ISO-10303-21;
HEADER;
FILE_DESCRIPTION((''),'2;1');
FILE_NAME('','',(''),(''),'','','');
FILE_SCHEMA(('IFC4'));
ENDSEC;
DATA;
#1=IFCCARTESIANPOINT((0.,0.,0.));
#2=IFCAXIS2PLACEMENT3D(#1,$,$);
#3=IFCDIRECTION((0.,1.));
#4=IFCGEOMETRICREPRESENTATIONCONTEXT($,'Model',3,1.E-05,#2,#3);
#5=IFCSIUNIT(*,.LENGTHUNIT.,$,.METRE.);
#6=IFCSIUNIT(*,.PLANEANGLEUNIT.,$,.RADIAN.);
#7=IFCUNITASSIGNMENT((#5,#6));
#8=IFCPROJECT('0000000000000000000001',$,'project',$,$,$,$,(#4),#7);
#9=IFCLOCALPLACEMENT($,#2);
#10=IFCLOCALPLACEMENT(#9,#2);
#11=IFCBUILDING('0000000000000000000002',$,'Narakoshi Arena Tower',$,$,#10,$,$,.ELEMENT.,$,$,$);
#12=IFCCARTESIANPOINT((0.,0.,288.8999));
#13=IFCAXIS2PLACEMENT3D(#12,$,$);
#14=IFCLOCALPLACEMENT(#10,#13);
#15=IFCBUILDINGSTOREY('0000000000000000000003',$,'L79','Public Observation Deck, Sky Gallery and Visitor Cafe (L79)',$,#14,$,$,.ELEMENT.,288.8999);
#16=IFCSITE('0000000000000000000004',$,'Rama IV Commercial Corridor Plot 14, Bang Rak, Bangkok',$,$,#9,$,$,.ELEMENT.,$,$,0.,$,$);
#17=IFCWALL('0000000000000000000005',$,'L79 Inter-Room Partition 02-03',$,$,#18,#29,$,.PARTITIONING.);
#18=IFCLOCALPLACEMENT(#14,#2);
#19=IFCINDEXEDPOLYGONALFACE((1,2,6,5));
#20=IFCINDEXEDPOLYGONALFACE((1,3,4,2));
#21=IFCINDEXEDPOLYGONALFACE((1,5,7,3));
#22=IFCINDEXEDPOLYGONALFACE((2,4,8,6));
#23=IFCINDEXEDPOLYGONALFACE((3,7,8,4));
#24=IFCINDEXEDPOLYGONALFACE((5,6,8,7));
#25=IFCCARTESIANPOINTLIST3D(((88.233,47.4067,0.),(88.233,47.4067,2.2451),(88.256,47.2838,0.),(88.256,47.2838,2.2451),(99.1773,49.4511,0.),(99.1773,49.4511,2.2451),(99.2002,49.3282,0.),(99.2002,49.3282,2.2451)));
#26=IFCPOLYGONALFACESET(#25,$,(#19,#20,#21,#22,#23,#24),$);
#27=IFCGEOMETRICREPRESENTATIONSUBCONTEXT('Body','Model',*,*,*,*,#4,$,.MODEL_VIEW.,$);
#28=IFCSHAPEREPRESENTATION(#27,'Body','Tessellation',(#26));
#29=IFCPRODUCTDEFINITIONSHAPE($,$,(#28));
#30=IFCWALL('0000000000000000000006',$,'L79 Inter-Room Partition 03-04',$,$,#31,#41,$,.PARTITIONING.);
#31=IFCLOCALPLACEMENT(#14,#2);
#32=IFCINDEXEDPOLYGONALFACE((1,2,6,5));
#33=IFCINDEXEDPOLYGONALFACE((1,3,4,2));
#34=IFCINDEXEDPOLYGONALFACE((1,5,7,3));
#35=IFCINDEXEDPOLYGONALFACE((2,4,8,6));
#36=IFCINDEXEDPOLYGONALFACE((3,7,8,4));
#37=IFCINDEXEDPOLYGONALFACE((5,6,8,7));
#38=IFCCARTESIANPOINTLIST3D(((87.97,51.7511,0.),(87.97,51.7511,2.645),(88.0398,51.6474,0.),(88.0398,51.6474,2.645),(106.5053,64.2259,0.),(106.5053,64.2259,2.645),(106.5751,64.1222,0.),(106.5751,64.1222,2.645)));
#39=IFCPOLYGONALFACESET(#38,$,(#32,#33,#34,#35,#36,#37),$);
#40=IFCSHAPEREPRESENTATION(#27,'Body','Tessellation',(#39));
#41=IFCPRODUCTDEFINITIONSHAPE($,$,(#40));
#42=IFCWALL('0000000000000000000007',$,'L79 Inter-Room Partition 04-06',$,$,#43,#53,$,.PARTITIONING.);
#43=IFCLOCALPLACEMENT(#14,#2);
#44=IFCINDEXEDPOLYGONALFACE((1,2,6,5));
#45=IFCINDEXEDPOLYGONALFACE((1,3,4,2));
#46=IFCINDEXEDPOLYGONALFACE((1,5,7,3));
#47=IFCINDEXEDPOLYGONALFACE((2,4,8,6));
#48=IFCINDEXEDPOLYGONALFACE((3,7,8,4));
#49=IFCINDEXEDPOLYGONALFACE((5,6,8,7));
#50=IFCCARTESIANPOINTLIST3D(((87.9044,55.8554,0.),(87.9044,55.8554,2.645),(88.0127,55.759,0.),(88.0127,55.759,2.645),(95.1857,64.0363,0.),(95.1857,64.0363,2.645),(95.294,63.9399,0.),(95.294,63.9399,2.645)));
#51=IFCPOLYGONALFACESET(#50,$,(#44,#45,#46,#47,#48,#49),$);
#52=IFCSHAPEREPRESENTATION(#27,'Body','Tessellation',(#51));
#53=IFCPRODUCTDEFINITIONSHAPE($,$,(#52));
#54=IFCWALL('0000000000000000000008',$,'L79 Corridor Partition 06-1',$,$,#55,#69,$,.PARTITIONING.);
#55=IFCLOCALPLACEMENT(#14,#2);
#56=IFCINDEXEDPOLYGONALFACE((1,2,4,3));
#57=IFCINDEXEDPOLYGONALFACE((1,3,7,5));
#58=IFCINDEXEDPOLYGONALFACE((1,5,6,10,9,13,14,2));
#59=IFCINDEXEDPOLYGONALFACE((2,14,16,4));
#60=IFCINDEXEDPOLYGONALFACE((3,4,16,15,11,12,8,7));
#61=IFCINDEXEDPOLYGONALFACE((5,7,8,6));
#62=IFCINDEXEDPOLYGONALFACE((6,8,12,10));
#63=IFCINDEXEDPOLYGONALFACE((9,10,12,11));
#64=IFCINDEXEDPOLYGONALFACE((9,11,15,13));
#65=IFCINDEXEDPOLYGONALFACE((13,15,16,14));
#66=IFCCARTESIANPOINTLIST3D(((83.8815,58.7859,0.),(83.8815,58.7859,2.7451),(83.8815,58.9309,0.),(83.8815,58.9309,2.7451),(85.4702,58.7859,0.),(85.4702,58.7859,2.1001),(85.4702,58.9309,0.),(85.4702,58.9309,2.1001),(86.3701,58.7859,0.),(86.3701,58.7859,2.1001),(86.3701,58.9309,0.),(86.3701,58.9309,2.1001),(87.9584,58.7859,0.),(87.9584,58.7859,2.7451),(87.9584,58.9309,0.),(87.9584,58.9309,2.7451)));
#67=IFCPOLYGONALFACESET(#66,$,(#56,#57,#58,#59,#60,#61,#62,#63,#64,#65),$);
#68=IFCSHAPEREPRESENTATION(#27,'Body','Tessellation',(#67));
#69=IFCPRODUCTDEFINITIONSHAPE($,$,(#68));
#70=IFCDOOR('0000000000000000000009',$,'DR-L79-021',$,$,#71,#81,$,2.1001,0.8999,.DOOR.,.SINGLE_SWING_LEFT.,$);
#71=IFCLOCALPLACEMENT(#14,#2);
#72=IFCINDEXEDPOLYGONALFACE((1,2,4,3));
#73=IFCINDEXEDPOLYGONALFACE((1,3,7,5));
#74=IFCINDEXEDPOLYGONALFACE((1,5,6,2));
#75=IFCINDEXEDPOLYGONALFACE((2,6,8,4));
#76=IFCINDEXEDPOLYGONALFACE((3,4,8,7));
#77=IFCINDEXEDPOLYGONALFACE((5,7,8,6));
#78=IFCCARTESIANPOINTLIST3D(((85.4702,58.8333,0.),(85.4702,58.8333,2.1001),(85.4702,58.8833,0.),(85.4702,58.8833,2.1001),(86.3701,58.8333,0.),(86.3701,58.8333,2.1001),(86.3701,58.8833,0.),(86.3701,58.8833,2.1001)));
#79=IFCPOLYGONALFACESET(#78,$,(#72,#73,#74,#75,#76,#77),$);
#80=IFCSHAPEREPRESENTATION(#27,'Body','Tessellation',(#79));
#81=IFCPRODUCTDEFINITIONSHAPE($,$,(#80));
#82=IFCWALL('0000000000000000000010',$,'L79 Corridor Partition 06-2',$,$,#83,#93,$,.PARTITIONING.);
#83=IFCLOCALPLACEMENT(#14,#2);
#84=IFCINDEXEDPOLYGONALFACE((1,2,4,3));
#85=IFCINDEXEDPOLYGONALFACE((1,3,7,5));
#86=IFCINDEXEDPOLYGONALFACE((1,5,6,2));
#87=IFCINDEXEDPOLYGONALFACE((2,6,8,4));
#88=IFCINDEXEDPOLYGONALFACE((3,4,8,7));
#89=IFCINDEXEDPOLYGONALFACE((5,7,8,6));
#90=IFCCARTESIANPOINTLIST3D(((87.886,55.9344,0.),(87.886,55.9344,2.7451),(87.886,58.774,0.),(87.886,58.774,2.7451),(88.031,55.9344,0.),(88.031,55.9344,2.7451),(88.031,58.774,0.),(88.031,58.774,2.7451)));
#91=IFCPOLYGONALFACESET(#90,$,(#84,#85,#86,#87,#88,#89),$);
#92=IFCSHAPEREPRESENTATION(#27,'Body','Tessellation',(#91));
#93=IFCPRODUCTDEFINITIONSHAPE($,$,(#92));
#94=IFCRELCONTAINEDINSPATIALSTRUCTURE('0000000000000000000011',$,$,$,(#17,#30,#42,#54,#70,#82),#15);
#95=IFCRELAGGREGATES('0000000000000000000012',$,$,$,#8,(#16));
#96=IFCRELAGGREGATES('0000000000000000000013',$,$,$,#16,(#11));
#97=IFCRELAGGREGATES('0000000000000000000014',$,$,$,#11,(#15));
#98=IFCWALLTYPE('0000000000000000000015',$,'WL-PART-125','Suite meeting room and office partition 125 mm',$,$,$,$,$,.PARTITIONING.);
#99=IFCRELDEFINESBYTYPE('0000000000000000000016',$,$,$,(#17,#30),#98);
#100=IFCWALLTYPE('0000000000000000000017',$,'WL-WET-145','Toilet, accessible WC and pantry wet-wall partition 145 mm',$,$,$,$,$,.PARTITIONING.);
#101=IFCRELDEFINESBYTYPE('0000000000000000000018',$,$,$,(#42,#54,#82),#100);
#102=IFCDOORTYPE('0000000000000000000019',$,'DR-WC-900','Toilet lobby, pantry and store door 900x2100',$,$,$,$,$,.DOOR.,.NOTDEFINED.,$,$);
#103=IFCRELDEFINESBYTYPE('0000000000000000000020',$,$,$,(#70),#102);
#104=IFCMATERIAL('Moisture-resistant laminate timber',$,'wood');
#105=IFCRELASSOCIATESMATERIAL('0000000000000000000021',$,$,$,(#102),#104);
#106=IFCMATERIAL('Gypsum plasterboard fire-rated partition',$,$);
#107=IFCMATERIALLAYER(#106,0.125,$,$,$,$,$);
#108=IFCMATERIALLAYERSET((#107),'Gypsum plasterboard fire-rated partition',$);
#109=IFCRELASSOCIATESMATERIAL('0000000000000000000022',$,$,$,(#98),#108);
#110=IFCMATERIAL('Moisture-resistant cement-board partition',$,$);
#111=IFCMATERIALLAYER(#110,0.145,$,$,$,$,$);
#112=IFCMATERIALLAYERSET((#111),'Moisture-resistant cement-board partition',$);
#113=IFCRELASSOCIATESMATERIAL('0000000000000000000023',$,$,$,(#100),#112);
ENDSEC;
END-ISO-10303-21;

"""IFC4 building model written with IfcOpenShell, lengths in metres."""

from ifc_helpers import new_model, si_unit, direction, frame, frame_2d, origin, place, context, subcontext, project, spatial, rectangle, extrude, material, layer, layer_set, type_object, element, fill, save


model = new_model("IFC4")

# Units and contexts
model_context = context("Model", 3, precision=1e-05, world=origin(), true_north=direction((0.0, 1.0)))
body_context = subcontext(model_context, "Body", "Model", "MODEL_VIEW")
ifc_project = project(units=[si_unit("LENGTHUNIT", "METRE"), si_unit("PLANEANGLEUNIT", "RADIAN")], contexts=[model_context])

# Site, building, storey
site_placement = place(None, origin())
site = spatial("IfcSite", under=ifc_project, at=site_placement, Name="Rama IV Commercial Corridor Plot 14, Bang Rak, Bangkok", CompositionType="ELEMENT", RefElevation=0.0)
building_placement = place(site_placement, origin())
building = spatial("IfcBuilding", under=site, at=building_placement, Name="Narakoshi Arena Tower", CompositionType="ELEMENT")
storey_placement = place(building_placement, frame((0.0, 0.0, 288.8999)))
storey = spatial("IfcBuildingStorey", under=building, at=storey_placement, Name="L79", Description="Public Observation Deck, Sky Gallery and Visitor Cafe (L79)", CompositionType="ELEMENT", Elevation=288.8999)

# Shared definitions
ifc_material_1 = material(Name="Gypsum plasterboard fire-rated partition")
ifc_material_2 = material(Name="Moisture-resistant laminate timber", Category="wood")
door_type_1 = type_object("IfcDoorType", Name="DR-WC-900", Description="Toilet lobby, pantry and store door 900x2100", OperationType="NOTDEFINED", PredefinedType="DOOR", material=ifc_material_2)

# Walls
ifc_layer_1 = layer(ifc_material_1, 0.125)
ifc_layer_set_1 = layer_set([ifc_layer_1], Name="Gypsum plasterboard fire-rated partition")
wall_type_1 = type_object("IfcWallType", Name="WL-PART-125", Description="Suite meeting room and office partition 125 mm", PredefinedType="PARTITIONING", material=ifc_layer_set_1)
wall_1_placement = place(storey_placement, frame((88.2444, 47.3452, 0.0), z_axis=(0.0, 0.0, 1.0), x_axis=(0.982996, 0.183627, 0.0)))
element("IfcWall", 1, at=wall_1_placement, inside=storey, type_object=wall_type_1, Name="L79 Inter-Room Partition 02-03", PredefinedType="PARTITIONING", context=body_context, shape_type="SweptSolid", body=[
    extrude(rectangle(XDim=11.1335, YDim=0.125, at=frame_2d((5.5669, 0.0))), origin(), (0.0, 0.0, 1.0), 2.2451),
])
wall_2_placement = place(storey_placement, frame((88.0049, 51.6992, 0.0), z_axis=(0.0, 0.0, 1.0), x_axis=(0.829606, 0.558349, 0.0)))
element("IfcWall", 2, at=wall_2_placement, inside=storey, type_object=wall_type_1, Name="L79 Inter-Room Partition 03-04", PredefinedType="PARTITIONING", context=body_context, shape_type="SweptSolid", body=[
    extrude(rectangle(XDim=22.3423, YDim=0.125, at=frame_2d((11.1711, 0.0))), origin(), (0.0, 0.0, 1.0), 2.645),
])
ifc_material_3 = material(Name="Moisture-resistant cement-board partition")
ifc_layer_2 = layer(ifc_material_3, 0.145)
ifc_layer_set_2 = layer_set([ifc_layer_2], Name="Moisture-resistant cement-board partition")
wall_type_2 = type_object("IfcWallType", Name="WL-WET-145", Description="Toilet, accessible WC and pantry wet-wall partition 145 mm", PredefinedType="PARTITIONING", material=ifc_layer_set_2)
wall_3_placement = place(storey_placement, frame((87.9585, 55.8071, 0.0), z_axis=(0.0, 0.0, 1.0), x_axis=(0.66484, 0.746986, 0.0)))
element("IfcWall", 3, at=wall_3_placement, inside=storey, type_object=wall_type_2, Name="L79 Inter-Room Partition 04-06", PredefinedType="PARTITIONING", context=body_context, shape_type="SweptSolid", body=[
    extrude(rectangle(XDim=10.9519, YDim=0.145, at=frame_2d((5.4761, 0.0))), origin(), (0.0, 0.0, 1.0), 2.645),
])

# Wall, opening, door
wall_4_placement = place(storey_placement, frame((87.9585, 58.8584, 0.0), z_axis=(0.0, 0.0, 1.0), x_axis=(-1.0, 0.0, 0.0)))
wall_4 = element("IfcWall", 4, at=wall_4_placement, inside=storey, type_object=wall_type_2, Name="L79 Corridor Partition 06-1", PredefinedType="PARTITIONING", context=body_context, shape_type="SweptSolid", body=[
    extrude(rectangle(XDim=4.0769, YDim=0.145, at=frame_2d((2.0386, 0.0))), origin(), (0.0, 0.0, 1.0), 2.7451),
])
opening_1_placement = place(wall_4_placement, frame((1.5884, 0.0, 0.0)))
opening_1 = element("IfcOpeningElement", 5, at=opening_1_placement, cuts=wall_4, PredefinedType="OPENING", context=body_context, shape_type="SweptSolid", body=[
    extrude(rectangle(XDim=0.8999, YDim=2.1001, at=frame_2d((0.45, 1.05))), frame((0.0, 0.0825, 0.0), z_axis=(0.0, -1.0, 0.0), x_axis=(1.0, 0.0, 0.0)), (0.0, 0.0, 1.0), 0.165),
])
door_1_placement = place(opening_1_placement, frame((0.8999, 0.0, 0.0), z_axis=(0.0, 0.0, 1.0), x_axis=(-1.0, 0.0, 0.0)))
door_1 = element("IfcDoor", 6, at=door_1_placement, inside=storey, type_object=door_type_1, Name="DR-L79-021", OperationType="SINGLE_SWING_LEFT", OverallHeight=2.1001, OverallWidth=0.8999, PredefinedType="DOOR", context=body_context, shape_type="SweptSolid", body=[
    extrude(rectangle(XDim=0.8999, YDim=2.1001, at=frame_2d((0.45, 1.05))), frame((0.0, 0.0249, 0.0), z_axis=(0.0, -1.0, 0.0), x_axis=(1.0, 0.0, 0.0)), (0.0, 0.0, 1.0), 0.05),
])
fill(opening_1, door_1)

# Wall
wall_5_placement = place(storey_placement, frame((87.9585, 55.9343, 0.0), z_axis=(0.0, 0.0, 1.0), x_axis=(0.0, 1.0, 0.0)))
element("IfcWall", 7, at=wall_5_placement, inside=storey, type_object=wall_type_2, Name="L79 Corridor Partition 06-2", PredefinedType="PARTITIONING", context=body_context, shape_type="SweptSolid", body=[
    extrude(rectangle(XDim=2.8396, YDim=0.145, at=frame_2d((1.4199, 0.0))), origin(), (0.0, 0.0, 1.0), 2.7451),
])

save(model, "model.ifc")
